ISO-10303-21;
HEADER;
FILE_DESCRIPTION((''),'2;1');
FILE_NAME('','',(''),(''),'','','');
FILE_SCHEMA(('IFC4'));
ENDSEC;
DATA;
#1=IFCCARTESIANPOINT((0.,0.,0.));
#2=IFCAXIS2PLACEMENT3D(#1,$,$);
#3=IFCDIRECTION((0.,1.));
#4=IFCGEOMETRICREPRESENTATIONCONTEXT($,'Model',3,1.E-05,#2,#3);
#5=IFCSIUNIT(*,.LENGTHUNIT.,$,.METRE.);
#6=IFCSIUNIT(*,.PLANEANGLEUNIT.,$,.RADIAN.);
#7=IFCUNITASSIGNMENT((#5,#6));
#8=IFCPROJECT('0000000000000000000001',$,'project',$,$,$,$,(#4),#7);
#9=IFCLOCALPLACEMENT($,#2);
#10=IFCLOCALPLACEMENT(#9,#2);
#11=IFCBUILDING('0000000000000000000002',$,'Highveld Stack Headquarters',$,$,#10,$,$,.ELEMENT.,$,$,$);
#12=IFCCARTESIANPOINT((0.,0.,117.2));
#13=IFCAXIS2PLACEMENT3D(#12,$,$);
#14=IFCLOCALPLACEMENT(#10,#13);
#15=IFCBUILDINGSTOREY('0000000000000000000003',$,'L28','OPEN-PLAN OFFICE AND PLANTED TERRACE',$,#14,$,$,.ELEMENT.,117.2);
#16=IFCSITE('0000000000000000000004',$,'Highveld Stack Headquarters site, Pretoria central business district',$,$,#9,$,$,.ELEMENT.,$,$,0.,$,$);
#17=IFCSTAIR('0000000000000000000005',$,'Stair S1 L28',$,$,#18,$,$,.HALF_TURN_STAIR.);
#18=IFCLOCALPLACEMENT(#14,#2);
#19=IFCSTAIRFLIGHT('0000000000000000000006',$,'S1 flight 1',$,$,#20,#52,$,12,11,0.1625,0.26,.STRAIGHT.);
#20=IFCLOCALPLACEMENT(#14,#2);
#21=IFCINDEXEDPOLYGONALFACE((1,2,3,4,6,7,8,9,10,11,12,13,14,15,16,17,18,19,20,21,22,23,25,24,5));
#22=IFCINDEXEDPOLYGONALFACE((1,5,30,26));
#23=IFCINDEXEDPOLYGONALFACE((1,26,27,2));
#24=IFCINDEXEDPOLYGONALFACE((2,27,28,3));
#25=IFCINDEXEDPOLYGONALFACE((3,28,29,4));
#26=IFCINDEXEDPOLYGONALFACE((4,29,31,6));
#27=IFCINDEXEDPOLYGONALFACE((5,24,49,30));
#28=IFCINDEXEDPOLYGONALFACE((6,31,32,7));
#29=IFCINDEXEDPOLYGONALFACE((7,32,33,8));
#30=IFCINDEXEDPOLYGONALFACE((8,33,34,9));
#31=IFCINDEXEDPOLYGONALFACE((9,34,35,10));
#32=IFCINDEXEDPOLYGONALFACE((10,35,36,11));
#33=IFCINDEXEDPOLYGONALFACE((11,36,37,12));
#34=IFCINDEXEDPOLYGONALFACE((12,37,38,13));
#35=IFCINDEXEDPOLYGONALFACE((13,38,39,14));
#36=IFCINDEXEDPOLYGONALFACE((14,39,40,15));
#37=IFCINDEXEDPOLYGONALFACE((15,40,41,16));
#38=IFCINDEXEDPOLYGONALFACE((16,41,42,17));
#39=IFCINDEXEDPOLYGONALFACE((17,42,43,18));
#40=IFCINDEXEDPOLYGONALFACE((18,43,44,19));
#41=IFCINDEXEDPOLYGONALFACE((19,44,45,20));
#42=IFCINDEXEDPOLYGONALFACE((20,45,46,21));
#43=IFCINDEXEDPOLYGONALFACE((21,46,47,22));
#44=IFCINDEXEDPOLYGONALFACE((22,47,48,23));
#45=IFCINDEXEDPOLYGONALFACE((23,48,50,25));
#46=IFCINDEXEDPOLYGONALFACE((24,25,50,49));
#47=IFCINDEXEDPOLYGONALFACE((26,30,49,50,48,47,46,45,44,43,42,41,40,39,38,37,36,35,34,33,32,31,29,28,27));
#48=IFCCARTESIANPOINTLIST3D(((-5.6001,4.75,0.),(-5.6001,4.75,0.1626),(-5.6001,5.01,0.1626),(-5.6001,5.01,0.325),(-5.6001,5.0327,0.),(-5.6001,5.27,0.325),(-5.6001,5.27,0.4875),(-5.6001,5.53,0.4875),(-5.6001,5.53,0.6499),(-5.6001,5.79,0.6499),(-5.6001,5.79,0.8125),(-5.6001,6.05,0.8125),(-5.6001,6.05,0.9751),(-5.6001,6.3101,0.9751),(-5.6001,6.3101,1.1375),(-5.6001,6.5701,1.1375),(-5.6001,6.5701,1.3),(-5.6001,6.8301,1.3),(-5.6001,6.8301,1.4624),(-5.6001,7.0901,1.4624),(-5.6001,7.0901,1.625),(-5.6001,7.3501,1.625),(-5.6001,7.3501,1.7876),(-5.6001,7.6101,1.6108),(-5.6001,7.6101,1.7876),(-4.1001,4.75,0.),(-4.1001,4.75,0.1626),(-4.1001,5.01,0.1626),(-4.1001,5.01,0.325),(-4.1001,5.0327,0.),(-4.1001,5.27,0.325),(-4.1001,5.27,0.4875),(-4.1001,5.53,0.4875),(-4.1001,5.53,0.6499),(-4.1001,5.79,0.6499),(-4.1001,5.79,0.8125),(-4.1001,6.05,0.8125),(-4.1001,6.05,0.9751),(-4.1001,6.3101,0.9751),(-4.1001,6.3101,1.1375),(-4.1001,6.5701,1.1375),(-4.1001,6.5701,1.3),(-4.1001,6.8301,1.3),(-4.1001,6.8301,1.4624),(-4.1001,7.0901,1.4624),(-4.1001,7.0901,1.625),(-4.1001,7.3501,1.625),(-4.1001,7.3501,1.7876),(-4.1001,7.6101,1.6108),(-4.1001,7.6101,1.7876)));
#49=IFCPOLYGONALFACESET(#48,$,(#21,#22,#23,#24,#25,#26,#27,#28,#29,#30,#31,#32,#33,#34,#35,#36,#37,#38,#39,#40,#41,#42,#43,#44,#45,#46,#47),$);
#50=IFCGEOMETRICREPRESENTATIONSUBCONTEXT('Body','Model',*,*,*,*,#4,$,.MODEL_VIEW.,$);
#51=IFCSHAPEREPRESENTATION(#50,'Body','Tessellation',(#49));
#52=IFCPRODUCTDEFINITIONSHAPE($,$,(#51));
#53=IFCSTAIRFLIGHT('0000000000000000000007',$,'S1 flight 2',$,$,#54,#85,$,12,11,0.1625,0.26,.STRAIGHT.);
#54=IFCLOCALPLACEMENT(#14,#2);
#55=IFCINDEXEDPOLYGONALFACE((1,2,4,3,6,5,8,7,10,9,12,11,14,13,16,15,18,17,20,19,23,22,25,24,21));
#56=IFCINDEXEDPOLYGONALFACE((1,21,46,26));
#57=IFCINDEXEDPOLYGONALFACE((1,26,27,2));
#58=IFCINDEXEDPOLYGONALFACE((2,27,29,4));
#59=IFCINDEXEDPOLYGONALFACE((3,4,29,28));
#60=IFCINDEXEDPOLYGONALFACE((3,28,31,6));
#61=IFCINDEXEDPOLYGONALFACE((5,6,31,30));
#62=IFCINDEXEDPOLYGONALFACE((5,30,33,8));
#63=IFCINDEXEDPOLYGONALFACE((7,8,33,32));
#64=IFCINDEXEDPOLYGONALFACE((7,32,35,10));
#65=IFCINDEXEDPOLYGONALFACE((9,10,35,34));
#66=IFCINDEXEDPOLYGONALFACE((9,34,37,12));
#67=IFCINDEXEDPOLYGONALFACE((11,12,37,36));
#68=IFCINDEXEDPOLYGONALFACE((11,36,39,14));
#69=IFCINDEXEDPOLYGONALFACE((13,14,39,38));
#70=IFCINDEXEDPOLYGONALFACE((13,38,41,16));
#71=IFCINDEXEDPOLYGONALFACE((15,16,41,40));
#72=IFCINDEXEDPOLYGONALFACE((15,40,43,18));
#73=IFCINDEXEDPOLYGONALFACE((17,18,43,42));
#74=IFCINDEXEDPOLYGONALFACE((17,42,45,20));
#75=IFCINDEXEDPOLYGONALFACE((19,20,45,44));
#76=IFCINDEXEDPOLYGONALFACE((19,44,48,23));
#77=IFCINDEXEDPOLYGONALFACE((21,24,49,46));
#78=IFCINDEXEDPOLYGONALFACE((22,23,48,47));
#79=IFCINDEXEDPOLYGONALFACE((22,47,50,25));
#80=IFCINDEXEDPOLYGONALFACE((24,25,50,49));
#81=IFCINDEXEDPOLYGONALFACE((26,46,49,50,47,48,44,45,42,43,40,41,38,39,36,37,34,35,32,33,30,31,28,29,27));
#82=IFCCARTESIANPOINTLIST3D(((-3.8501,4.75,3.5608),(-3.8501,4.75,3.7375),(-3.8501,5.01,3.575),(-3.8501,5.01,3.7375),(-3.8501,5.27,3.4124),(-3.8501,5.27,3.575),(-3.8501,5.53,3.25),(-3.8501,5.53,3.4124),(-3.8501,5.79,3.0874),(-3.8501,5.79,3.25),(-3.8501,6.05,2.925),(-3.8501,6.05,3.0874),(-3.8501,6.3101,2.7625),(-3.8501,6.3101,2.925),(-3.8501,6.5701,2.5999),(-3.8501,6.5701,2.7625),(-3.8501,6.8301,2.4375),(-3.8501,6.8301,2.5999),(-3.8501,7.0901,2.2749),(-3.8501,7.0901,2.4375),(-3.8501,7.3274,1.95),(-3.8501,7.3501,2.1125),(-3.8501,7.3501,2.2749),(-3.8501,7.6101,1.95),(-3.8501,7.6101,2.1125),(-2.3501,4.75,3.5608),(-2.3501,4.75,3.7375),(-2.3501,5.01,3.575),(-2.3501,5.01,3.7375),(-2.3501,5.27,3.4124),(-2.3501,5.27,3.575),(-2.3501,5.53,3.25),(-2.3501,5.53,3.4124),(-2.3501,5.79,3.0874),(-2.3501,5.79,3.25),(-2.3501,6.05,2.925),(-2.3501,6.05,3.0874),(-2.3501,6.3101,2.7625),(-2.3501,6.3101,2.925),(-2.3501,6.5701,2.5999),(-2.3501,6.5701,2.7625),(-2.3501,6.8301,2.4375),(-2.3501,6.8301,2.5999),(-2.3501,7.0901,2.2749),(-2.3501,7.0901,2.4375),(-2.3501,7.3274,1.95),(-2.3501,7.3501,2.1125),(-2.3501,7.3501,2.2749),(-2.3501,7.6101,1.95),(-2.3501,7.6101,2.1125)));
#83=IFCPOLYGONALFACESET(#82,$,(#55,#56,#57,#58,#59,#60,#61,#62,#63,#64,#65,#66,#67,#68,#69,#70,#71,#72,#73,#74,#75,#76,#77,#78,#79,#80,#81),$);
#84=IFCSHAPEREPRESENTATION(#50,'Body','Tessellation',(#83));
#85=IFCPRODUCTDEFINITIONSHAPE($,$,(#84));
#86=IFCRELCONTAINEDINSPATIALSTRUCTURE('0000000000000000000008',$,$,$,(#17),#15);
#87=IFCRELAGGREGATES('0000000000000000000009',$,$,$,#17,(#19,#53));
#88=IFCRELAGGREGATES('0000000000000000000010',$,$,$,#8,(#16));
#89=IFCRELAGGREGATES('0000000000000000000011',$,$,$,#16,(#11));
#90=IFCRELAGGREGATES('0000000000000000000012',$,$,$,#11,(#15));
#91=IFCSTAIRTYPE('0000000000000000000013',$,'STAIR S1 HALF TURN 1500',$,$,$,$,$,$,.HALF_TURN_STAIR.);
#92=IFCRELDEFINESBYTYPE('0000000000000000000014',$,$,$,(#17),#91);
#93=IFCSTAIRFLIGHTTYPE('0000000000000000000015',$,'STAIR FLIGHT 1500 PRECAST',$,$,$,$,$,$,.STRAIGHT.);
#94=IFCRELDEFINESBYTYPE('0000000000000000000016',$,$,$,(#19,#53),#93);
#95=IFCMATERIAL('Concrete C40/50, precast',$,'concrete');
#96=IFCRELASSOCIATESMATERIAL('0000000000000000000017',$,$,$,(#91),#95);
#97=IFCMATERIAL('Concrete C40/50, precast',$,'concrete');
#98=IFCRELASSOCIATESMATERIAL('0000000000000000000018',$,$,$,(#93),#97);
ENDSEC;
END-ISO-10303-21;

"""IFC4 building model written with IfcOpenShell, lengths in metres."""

from ifc_helpers import new_model, si_unit, direction, frame, origin, place, context, subcontext, project, spatial, polyline, outline, extrude, material, type_object, element, aggregate, save


model = new_model("IFC4")

# Units and contexts
model_context = context("Model", 3, precision=1e-05, world=origin(), true_north=direction((0.0, 1.0)))
body_context = subcontext(model_context, "Body", "Model", "MODEL_VIEW")
ifc_project = project(units=[si_unit("LENGTHUNIT", "METRE"), si_unit("PLANEANGLEUNIT", "RADIAN")], contexts=[model_context])

# Site, building, storey
site_placement = place(None, origin())
site = spatial("IfcSite", under=ifc_project, at=site_placement, Name="Highveld Stack Headquarters site, Pretoria central business district", CompositionType="ELEMENT", RefElevation=0.0)
building_placement = place(site_placement, origin())
building = spatial("IfcBuilding", under=site, at=building_placement, Name="Highveld Stack Headquarters", CompositionType="ELEMENT")
storey_placement = place(building_placement, frame((0.0, 0.0, 117.2)))
storey = spatial("IfcBuildingStorey", under=building, at=storey_placement, Name="L28", Description="OPEN-PLAN OFFICE AND PLANTED TERRACE", CompositionType="ELEMENT", Elevation=117.2)

# Stair, stair flights
ifc_material_1 = material(Name="Concrete C40/50, precast", Category="concrete")
stair_type = type_object("IfcStairType", Name="STAIR S1 HALF TURN 1500", PredefinedType="HALF_TURN_STAIR", material=ifc_material_1)
stair_placement = place(storey_placement, origin())
stair = element("IfcStair", 1, at=stair_placement, inside=storey, type_object=stair_type, Name="Stair S1 L28", PredefinedType="HALF_TURN_STAIR")
ifc_material_2 = material(Name="Concrete C40/50, precast", Category="concrete")
stair_flight_type = type_object("IfcStairFlightType", Name="STAIR FLIGHT 1500 PRECAST", PredefinedType="STRAIGHT", material=ifc_material_2)
stair_flight_1_placement = place(storey_placement, frame((-4.8501, 4.75, 0.0), z_axis=(0.0, 0.0, 1.0), x_axis=(0.0, 1.0, 0.0)))
stair_flight_1 = element("IfcStairFlight", 2, at=stair_flight_1_placement, type_object=stair_flight_type, Name="S1 flight 1", NumberOfRisers=12, NumberOfTreads=11, PredefinedType="STRAIGHT", RiserHeight=0.1625, TreadLength=0.26, context=body_context, shape_type="SweptSolid", body=[
    extrude(outline(polyline([(0.0, 0.0), (0.0, 0.1626), (0.26, 0.1626), (0.26, 0.325), (0.52, 0.325), (0.52, 0.4875), (0.78, 0.4875), (0.78, 0.6499), (1.04, 0.6499), (1.04, 0.8125), (1.3, 0.8125), (1.3, 0.9751), (1.5601, 0.9751), (1.5601, 1.1375), (1.8201, 1.1375), (1.8201, 1.3), (2.0801, 1.3), (2.0801, 1.4624), (2.3401, 1.4624), (2.3401, 1.625), (2.6001, 1.625), (2.6001, 1.7876), (2.8601, 1.7876), (2.8601, 1.95), (2.8601, 1.6108), (0.2827, 0.0), (0.0, 0.0)])), frame((0.0, 0.75, 0.0), z_axis=(0.0, -1.0, 0.0), x_axis=(1.0, 0.0, 0.0)), (0.0, 0.0, 1.0), 1.5),
])
stair_flight_2_placement = place(storey_placement, frame((-3.1001, 7.6101, 1.95), z_axis=(0.0, 0.0, 1.0), x_axis=(0.0, -1.0, 0.0)))
stair_flight_2 = element("IfcStairFlight", 3, at=stair_flight_2_placement, type_object=stair_flight_type, Name="S1 flight 2", NumberOfRisers=12, NumberOfTreads=11, PredefinedType="STRAIGHT", RiserHeight=0.1625, TreadLength=0.26, context=body_context, shape_type="SweptSolid", body=[
    extrude(outline(polyline([(0.0, 0.0), (0.0, 0.1626), (0.26, 0.1626), (0.26, 0.325), (0.52, 0.325), (0.52, 0.4875), (0.78, 0.4875), (0.78, 0.6499), (1.04, 0.6499), (1.04, 0.8125), (1.3, 0.8125), (1.3, 0.9751), (1.5601, 0.9751), (1.5601, 1.1375), (1.8201, 1.1375), (1.8201, 1.3), (2.0801, 1.3), (2.0801, 1.4624), (2.3401, 1.4624), (2.3401, 1.625), (2.6001, 1.625), (2.6001, 1.7876), (2.8601, 1.7876), (2.8601, 1.95), (2.8601, 1.6108), (0.2827, 0.0), (0.0, 0.0)])), frame((0.0, 0.75, 0.0), z_axis=(0.0, -1.0, 0.0), x_axis=(1.0, 0.0, 0.0)), (0.0, 0.0, 1.0), 1.5),
])
aggregate(stair, [stair_flight_1, stair_flight_2])

save(model, "model.ifc")
